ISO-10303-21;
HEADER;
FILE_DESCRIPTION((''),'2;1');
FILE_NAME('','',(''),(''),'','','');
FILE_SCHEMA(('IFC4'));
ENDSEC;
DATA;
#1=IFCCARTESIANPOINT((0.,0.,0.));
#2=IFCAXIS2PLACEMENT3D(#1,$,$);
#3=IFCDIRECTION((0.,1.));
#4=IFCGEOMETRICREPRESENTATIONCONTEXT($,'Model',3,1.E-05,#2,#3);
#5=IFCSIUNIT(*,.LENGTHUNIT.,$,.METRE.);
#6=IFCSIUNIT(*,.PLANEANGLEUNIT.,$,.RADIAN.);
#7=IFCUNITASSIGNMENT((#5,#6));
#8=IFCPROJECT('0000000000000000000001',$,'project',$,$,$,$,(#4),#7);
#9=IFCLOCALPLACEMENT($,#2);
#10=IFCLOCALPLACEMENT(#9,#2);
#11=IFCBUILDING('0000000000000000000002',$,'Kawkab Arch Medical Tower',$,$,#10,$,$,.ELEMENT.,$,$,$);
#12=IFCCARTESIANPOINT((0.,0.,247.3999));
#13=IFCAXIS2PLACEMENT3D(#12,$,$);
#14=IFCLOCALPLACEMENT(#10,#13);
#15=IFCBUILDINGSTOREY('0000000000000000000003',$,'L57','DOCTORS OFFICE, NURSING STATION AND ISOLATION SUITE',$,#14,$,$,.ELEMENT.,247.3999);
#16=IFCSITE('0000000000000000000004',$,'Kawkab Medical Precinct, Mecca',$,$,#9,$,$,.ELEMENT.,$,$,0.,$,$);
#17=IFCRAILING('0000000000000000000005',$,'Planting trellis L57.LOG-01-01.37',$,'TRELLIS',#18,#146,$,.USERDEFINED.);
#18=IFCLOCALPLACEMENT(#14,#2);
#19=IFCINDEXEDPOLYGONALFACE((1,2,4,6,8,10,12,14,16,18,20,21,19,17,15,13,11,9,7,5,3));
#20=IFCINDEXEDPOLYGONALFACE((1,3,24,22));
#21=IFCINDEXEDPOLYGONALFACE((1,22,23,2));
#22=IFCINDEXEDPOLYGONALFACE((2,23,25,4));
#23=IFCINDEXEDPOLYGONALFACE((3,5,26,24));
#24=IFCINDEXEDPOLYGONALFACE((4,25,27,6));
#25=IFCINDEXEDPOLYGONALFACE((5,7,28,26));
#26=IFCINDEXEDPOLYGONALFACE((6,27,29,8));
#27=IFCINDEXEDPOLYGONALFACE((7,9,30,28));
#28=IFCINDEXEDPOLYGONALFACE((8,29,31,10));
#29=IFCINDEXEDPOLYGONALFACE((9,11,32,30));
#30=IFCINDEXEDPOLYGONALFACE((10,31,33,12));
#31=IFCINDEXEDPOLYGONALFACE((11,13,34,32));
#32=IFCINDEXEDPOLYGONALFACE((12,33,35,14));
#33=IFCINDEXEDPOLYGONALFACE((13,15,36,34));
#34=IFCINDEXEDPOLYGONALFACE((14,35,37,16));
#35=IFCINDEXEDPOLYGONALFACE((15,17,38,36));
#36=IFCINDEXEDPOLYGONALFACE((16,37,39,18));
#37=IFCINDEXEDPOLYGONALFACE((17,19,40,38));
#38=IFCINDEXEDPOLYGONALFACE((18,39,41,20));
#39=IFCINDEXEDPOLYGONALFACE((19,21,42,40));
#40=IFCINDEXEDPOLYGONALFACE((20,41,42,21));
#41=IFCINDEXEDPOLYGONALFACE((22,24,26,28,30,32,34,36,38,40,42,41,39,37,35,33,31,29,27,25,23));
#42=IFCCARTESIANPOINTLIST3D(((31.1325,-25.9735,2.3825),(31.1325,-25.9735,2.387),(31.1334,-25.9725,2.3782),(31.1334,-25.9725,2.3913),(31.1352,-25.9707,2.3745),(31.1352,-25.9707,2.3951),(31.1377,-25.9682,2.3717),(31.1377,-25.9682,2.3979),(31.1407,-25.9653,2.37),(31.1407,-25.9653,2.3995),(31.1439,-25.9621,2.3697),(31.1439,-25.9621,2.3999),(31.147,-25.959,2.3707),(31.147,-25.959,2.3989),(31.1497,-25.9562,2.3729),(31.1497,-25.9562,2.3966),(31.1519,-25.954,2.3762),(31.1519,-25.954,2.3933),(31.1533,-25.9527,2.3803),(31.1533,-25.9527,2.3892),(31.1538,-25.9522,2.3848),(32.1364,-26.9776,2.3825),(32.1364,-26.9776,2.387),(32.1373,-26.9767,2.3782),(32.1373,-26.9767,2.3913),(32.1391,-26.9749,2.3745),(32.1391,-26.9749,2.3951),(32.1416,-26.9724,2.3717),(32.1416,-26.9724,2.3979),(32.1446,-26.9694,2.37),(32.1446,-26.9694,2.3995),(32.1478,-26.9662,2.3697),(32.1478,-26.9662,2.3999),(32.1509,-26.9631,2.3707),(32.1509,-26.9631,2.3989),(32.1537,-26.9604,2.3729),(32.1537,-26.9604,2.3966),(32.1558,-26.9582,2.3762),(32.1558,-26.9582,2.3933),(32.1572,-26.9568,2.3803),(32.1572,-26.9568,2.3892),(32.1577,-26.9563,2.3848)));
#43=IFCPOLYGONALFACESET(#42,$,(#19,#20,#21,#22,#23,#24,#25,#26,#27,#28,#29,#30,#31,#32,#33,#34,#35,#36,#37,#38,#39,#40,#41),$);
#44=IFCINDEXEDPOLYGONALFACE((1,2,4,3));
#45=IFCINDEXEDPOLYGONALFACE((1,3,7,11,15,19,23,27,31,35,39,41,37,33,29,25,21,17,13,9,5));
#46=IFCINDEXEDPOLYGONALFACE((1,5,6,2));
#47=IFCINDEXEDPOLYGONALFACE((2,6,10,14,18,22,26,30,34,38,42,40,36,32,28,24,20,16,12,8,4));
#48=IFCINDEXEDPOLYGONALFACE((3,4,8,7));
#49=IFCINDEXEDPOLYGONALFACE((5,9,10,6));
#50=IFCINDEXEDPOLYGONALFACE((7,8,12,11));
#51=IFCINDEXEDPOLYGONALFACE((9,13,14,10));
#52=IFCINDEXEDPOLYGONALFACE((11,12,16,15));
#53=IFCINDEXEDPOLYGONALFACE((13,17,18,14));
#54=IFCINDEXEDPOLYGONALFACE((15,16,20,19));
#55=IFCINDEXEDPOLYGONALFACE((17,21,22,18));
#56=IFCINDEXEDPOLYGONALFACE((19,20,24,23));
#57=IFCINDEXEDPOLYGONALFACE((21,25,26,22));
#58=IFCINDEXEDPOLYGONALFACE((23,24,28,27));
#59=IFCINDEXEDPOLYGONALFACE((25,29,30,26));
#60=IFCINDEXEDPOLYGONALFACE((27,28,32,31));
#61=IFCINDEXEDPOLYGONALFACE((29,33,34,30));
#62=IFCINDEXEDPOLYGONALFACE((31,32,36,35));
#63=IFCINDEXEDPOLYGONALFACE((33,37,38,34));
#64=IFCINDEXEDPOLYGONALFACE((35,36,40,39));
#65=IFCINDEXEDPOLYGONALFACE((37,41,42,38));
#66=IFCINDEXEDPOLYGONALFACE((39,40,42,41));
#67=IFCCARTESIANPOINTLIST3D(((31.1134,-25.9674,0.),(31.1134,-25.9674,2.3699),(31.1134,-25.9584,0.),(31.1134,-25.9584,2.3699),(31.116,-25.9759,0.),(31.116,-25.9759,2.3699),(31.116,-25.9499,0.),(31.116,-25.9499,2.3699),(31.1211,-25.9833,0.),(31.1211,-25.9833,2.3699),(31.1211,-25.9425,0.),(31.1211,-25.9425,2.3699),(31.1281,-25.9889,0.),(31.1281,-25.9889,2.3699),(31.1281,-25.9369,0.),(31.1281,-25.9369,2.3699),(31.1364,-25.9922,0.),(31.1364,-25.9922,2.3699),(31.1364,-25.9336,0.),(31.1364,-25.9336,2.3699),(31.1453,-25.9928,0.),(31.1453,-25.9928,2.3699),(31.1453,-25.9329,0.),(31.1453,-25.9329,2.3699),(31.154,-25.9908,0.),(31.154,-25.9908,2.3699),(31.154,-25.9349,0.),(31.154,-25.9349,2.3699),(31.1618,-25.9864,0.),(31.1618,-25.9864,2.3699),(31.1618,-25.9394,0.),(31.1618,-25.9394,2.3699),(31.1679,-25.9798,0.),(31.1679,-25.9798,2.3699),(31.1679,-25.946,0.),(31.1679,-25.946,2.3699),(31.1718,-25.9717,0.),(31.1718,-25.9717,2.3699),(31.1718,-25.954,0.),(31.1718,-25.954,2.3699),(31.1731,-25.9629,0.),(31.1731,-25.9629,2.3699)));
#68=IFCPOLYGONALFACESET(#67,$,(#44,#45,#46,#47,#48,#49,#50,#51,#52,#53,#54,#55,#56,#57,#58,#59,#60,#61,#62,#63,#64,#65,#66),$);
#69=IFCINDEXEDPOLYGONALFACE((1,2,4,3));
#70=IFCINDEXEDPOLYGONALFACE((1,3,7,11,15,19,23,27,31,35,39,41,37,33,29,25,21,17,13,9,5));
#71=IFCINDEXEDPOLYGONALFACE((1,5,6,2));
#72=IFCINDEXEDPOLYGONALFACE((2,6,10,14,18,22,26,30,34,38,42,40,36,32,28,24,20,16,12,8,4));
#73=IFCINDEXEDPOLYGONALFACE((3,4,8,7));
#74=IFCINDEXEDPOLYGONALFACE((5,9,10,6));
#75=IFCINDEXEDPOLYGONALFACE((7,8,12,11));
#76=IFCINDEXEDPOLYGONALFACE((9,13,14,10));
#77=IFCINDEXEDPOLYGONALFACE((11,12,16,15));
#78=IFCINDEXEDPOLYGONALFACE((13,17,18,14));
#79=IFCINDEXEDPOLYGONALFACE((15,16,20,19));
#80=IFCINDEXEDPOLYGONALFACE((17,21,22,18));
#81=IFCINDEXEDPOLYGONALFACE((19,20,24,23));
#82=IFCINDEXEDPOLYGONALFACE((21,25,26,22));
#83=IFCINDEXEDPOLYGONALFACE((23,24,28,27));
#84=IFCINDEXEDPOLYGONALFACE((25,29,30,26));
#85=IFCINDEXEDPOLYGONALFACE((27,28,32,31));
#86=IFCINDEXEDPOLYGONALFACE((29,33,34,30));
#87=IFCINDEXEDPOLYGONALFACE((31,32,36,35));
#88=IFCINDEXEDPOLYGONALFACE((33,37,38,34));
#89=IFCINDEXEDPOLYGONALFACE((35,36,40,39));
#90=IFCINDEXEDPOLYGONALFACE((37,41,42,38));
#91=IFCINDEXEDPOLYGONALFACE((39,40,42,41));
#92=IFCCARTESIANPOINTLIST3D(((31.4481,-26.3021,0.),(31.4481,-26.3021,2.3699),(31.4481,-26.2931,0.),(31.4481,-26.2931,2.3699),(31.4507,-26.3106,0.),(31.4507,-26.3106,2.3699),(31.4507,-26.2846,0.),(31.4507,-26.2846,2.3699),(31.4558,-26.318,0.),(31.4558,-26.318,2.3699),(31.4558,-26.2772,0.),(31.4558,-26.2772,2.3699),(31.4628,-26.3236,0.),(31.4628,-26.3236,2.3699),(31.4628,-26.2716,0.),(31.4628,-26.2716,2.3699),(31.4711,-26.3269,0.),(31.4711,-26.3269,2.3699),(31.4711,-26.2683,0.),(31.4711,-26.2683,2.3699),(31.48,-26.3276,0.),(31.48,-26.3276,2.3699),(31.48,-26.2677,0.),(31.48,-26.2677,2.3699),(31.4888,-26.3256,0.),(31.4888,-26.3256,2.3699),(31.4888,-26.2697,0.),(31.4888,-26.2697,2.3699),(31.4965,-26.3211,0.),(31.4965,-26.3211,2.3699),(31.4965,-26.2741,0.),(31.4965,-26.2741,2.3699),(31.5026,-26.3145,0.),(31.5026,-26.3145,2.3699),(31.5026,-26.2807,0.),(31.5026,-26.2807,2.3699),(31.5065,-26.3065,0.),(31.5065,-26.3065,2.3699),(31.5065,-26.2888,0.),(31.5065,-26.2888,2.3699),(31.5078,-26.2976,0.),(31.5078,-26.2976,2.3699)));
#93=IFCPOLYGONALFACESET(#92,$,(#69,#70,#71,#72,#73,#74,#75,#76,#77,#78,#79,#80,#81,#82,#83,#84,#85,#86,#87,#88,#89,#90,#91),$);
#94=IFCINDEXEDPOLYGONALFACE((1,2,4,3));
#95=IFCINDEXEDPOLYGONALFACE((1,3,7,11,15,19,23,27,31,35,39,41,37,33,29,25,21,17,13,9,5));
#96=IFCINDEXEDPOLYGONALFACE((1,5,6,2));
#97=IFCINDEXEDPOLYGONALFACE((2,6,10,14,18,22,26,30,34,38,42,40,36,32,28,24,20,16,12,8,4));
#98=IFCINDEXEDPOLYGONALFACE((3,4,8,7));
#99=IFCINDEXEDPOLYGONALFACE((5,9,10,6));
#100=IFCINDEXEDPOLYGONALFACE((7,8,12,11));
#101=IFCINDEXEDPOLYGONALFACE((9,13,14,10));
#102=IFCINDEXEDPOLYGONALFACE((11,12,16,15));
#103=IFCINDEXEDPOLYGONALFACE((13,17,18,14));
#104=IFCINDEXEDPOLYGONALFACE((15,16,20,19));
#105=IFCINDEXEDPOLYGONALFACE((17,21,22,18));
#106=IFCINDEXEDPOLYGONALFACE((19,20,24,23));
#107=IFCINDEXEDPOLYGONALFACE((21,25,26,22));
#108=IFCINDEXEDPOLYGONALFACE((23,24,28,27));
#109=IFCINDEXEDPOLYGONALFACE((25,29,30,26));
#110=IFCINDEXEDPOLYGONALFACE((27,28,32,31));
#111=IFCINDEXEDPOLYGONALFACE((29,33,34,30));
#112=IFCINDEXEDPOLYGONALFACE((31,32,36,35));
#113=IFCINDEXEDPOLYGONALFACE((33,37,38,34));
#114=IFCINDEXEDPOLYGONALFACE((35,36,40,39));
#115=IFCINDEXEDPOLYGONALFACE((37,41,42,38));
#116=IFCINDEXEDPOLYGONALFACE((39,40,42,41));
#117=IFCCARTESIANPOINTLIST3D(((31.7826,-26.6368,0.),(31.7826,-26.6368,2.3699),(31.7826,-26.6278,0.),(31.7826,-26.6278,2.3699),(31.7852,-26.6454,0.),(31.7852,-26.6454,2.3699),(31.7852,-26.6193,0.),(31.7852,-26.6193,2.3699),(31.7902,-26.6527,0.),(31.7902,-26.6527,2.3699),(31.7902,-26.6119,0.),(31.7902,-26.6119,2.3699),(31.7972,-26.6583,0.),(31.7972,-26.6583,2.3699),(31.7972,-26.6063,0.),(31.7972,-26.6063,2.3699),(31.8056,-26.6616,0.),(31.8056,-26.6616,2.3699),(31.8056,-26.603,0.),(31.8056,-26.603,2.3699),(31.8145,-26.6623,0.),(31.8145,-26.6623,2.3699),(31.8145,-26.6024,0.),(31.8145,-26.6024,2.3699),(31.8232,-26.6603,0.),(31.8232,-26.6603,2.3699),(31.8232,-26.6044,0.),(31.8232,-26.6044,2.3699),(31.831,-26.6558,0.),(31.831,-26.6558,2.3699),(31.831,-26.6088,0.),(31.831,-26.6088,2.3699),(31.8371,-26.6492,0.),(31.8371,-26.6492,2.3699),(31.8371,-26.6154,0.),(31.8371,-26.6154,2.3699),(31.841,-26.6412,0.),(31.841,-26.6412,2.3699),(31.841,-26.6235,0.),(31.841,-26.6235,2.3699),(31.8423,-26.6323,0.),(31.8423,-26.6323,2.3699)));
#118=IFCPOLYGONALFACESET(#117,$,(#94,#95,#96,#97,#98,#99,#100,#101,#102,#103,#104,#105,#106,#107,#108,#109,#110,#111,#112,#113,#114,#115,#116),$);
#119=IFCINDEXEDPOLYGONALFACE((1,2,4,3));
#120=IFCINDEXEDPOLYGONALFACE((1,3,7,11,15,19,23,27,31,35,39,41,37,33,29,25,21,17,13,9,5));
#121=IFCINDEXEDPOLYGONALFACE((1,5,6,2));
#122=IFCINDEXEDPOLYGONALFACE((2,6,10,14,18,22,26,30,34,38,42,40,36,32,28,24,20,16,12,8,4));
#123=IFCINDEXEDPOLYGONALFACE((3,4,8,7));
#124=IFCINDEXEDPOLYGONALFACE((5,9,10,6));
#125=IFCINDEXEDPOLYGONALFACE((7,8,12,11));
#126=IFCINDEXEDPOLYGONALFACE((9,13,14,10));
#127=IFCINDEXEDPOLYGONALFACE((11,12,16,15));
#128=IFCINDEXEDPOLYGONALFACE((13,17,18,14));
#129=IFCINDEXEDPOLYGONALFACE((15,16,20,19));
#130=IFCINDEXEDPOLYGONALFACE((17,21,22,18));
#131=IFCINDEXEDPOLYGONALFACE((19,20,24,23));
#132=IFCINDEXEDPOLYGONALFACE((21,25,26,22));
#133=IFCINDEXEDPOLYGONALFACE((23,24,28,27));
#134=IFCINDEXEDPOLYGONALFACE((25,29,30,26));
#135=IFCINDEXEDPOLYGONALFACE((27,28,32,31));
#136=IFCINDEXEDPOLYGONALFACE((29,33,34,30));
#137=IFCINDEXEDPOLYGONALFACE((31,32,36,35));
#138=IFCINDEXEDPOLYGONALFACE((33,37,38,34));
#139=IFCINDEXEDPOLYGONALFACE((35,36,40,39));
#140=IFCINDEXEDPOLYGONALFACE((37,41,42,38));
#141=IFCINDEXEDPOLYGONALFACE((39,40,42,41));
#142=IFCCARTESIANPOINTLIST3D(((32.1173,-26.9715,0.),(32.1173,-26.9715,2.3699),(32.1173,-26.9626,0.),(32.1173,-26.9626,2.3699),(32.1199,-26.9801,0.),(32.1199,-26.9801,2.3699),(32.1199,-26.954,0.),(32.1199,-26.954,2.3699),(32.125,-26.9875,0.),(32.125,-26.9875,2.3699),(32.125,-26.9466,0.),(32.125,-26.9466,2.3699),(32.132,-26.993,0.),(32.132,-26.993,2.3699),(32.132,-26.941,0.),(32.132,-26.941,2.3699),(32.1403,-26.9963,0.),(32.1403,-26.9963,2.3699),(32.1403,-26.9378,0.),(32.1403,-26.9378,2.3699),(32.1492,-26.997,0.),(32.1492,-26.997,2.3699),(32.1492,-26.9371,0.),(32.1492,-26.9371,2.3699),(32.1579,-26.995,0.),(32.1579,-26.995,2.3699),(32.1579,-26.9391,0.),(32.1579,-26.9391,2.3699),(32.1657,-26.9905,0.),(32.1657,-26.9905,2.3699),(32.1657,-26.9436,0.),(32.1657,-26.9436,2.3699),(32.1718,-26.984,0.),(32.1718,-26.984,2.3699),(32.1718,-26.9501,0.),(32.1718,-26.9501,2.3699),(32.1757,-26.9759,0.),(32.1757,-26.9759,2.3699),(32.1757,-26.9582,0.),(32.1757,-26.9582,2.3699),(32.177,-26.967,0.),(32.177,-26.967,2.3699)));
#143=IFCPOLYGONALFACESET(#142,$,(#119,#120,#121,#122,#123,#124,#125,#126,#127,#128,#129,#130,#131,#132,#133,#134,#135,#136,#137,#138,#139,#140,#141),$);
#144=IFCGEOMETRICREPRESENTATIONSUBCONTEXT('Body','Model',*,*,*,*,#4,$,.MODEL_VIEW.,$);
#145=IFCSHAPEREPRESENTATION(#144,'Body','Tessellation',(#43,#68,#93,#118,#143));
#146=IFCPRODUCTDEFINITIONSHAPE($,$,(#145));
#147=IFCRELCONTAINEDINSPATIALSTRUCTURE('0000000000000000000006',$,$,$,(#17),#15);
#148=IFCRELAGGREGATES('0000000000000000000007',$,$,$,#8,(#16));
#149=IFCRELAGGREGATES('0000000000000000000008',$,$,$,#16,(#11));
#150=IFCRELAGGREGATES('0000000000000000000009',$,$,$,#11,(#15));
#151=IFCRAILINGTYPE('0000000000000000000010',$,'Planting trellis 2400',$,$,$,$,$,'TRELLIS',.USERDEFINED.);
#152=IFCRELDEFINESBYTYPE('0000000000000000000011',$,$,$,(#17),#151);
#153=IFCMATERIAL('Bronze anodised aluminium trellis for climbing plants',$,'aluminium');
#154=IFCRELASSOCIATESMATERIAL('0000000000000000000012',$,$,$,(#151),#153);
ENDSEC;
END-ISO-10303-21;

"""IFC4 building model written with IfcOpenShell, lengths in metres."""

from ifc_helpers import new_model, si_unit, direction, frame, origin, origin_2d, place, context, subcontext, project, spatial, circle, extrude, material, type_object, element, save


model = new_model("IFC4")

# Units and contexts
model_context = context("Model", 3, precision=1e-05, world=origin(), true_north=direction((0.0, 1.0)))
body_context = subcontext(model_context, "Body", "Model", "MODEL_VIEW")
ifc_project = project(units=[si_unit("LENGTHUNIT", "METRE"), si_unit("PLANEANGLEUNIT", "RADIAN")], contexts=[model_context])

# Site, building, storey
site_placement = place(None, origin())
site = spatial("IfcSite", under=ifc_project, at=site_placement, Name="Kawkab Medical Precinct, Mecca", CompositionType="ELEMENT", RefElevation=0.0)
building_placement = place(site_placement, origin())
building = spatial("IfcBuilding", under=site, at=building_placement, Name="Kawkab Arch Medical Tower", CompositionType="ELEMENT")
storey_placement = place(building_placement, frame((0.0, 0.0, 247.3999)))
storey = spatial("IfcBuildingStorey", under=building, at=storey_placement, Name="L57", Description="DOCTORS OFFICE, NURSING STATION AND ISOLATION SUITE", CompositionType="ELEMENT", Elevation=247.3999)

# Railing
ifc_material_1 = material(Name="Bronze anodised aluminium trellis for climbing plants", Category="aluminium")
railing_type = type_object("IfcRailingType", Name="Planting trellis 2400", ElementType="TRELLIS", PredefinedType="USERDEFINED", material=ifc_material_1)
railing_1_placement = place(storey_placement, frame((31.1431, -25.9629, 0.0)))
element("IfcRailing", 1, at=railing_1_placement, inside=storey, type_object=railing_type, Name="Planting trellis L57.LOG-01-01.37", ObjectType="TRELLIS", PredefinedType="USERDEFINED", context=body_context, shape_type="SweptSolid", body=[
    extrude(circle(Radius=0.0151, at=origin_2d()), frame((0.0, 0.0, 2.3848), z_axis=(0.707021, -0.707193, 0.0), x_axis=(0.707193, 0.707021, 0.0)), (0.0, 0.0, 1.0), 1.4199),
    extrude(circle(Radius=0.03, at=origin_2d()), origin(), (0.0, 0.0, 1.0), 2.3699),
    extrude(circle(Radius=0.03, at=origin_2d()), frame((0.3347, -0.3347, 0.0)), (0.0, 0.0, 1.0), 2.3699),
    extrude(circle(Radius=0.03, at=origin_2d()), frame((0.6692, -0.6694, 0.0)), (0.0, 0.0, 1.0), 2.3699),
    extrude(circle(Radius=0.03, at=origin_2d()), frame((1.0039, -1.0042, 0.0)), (0.0, 0.0, 1.0), 2.3699),
])

save(model, "model.ifc")
